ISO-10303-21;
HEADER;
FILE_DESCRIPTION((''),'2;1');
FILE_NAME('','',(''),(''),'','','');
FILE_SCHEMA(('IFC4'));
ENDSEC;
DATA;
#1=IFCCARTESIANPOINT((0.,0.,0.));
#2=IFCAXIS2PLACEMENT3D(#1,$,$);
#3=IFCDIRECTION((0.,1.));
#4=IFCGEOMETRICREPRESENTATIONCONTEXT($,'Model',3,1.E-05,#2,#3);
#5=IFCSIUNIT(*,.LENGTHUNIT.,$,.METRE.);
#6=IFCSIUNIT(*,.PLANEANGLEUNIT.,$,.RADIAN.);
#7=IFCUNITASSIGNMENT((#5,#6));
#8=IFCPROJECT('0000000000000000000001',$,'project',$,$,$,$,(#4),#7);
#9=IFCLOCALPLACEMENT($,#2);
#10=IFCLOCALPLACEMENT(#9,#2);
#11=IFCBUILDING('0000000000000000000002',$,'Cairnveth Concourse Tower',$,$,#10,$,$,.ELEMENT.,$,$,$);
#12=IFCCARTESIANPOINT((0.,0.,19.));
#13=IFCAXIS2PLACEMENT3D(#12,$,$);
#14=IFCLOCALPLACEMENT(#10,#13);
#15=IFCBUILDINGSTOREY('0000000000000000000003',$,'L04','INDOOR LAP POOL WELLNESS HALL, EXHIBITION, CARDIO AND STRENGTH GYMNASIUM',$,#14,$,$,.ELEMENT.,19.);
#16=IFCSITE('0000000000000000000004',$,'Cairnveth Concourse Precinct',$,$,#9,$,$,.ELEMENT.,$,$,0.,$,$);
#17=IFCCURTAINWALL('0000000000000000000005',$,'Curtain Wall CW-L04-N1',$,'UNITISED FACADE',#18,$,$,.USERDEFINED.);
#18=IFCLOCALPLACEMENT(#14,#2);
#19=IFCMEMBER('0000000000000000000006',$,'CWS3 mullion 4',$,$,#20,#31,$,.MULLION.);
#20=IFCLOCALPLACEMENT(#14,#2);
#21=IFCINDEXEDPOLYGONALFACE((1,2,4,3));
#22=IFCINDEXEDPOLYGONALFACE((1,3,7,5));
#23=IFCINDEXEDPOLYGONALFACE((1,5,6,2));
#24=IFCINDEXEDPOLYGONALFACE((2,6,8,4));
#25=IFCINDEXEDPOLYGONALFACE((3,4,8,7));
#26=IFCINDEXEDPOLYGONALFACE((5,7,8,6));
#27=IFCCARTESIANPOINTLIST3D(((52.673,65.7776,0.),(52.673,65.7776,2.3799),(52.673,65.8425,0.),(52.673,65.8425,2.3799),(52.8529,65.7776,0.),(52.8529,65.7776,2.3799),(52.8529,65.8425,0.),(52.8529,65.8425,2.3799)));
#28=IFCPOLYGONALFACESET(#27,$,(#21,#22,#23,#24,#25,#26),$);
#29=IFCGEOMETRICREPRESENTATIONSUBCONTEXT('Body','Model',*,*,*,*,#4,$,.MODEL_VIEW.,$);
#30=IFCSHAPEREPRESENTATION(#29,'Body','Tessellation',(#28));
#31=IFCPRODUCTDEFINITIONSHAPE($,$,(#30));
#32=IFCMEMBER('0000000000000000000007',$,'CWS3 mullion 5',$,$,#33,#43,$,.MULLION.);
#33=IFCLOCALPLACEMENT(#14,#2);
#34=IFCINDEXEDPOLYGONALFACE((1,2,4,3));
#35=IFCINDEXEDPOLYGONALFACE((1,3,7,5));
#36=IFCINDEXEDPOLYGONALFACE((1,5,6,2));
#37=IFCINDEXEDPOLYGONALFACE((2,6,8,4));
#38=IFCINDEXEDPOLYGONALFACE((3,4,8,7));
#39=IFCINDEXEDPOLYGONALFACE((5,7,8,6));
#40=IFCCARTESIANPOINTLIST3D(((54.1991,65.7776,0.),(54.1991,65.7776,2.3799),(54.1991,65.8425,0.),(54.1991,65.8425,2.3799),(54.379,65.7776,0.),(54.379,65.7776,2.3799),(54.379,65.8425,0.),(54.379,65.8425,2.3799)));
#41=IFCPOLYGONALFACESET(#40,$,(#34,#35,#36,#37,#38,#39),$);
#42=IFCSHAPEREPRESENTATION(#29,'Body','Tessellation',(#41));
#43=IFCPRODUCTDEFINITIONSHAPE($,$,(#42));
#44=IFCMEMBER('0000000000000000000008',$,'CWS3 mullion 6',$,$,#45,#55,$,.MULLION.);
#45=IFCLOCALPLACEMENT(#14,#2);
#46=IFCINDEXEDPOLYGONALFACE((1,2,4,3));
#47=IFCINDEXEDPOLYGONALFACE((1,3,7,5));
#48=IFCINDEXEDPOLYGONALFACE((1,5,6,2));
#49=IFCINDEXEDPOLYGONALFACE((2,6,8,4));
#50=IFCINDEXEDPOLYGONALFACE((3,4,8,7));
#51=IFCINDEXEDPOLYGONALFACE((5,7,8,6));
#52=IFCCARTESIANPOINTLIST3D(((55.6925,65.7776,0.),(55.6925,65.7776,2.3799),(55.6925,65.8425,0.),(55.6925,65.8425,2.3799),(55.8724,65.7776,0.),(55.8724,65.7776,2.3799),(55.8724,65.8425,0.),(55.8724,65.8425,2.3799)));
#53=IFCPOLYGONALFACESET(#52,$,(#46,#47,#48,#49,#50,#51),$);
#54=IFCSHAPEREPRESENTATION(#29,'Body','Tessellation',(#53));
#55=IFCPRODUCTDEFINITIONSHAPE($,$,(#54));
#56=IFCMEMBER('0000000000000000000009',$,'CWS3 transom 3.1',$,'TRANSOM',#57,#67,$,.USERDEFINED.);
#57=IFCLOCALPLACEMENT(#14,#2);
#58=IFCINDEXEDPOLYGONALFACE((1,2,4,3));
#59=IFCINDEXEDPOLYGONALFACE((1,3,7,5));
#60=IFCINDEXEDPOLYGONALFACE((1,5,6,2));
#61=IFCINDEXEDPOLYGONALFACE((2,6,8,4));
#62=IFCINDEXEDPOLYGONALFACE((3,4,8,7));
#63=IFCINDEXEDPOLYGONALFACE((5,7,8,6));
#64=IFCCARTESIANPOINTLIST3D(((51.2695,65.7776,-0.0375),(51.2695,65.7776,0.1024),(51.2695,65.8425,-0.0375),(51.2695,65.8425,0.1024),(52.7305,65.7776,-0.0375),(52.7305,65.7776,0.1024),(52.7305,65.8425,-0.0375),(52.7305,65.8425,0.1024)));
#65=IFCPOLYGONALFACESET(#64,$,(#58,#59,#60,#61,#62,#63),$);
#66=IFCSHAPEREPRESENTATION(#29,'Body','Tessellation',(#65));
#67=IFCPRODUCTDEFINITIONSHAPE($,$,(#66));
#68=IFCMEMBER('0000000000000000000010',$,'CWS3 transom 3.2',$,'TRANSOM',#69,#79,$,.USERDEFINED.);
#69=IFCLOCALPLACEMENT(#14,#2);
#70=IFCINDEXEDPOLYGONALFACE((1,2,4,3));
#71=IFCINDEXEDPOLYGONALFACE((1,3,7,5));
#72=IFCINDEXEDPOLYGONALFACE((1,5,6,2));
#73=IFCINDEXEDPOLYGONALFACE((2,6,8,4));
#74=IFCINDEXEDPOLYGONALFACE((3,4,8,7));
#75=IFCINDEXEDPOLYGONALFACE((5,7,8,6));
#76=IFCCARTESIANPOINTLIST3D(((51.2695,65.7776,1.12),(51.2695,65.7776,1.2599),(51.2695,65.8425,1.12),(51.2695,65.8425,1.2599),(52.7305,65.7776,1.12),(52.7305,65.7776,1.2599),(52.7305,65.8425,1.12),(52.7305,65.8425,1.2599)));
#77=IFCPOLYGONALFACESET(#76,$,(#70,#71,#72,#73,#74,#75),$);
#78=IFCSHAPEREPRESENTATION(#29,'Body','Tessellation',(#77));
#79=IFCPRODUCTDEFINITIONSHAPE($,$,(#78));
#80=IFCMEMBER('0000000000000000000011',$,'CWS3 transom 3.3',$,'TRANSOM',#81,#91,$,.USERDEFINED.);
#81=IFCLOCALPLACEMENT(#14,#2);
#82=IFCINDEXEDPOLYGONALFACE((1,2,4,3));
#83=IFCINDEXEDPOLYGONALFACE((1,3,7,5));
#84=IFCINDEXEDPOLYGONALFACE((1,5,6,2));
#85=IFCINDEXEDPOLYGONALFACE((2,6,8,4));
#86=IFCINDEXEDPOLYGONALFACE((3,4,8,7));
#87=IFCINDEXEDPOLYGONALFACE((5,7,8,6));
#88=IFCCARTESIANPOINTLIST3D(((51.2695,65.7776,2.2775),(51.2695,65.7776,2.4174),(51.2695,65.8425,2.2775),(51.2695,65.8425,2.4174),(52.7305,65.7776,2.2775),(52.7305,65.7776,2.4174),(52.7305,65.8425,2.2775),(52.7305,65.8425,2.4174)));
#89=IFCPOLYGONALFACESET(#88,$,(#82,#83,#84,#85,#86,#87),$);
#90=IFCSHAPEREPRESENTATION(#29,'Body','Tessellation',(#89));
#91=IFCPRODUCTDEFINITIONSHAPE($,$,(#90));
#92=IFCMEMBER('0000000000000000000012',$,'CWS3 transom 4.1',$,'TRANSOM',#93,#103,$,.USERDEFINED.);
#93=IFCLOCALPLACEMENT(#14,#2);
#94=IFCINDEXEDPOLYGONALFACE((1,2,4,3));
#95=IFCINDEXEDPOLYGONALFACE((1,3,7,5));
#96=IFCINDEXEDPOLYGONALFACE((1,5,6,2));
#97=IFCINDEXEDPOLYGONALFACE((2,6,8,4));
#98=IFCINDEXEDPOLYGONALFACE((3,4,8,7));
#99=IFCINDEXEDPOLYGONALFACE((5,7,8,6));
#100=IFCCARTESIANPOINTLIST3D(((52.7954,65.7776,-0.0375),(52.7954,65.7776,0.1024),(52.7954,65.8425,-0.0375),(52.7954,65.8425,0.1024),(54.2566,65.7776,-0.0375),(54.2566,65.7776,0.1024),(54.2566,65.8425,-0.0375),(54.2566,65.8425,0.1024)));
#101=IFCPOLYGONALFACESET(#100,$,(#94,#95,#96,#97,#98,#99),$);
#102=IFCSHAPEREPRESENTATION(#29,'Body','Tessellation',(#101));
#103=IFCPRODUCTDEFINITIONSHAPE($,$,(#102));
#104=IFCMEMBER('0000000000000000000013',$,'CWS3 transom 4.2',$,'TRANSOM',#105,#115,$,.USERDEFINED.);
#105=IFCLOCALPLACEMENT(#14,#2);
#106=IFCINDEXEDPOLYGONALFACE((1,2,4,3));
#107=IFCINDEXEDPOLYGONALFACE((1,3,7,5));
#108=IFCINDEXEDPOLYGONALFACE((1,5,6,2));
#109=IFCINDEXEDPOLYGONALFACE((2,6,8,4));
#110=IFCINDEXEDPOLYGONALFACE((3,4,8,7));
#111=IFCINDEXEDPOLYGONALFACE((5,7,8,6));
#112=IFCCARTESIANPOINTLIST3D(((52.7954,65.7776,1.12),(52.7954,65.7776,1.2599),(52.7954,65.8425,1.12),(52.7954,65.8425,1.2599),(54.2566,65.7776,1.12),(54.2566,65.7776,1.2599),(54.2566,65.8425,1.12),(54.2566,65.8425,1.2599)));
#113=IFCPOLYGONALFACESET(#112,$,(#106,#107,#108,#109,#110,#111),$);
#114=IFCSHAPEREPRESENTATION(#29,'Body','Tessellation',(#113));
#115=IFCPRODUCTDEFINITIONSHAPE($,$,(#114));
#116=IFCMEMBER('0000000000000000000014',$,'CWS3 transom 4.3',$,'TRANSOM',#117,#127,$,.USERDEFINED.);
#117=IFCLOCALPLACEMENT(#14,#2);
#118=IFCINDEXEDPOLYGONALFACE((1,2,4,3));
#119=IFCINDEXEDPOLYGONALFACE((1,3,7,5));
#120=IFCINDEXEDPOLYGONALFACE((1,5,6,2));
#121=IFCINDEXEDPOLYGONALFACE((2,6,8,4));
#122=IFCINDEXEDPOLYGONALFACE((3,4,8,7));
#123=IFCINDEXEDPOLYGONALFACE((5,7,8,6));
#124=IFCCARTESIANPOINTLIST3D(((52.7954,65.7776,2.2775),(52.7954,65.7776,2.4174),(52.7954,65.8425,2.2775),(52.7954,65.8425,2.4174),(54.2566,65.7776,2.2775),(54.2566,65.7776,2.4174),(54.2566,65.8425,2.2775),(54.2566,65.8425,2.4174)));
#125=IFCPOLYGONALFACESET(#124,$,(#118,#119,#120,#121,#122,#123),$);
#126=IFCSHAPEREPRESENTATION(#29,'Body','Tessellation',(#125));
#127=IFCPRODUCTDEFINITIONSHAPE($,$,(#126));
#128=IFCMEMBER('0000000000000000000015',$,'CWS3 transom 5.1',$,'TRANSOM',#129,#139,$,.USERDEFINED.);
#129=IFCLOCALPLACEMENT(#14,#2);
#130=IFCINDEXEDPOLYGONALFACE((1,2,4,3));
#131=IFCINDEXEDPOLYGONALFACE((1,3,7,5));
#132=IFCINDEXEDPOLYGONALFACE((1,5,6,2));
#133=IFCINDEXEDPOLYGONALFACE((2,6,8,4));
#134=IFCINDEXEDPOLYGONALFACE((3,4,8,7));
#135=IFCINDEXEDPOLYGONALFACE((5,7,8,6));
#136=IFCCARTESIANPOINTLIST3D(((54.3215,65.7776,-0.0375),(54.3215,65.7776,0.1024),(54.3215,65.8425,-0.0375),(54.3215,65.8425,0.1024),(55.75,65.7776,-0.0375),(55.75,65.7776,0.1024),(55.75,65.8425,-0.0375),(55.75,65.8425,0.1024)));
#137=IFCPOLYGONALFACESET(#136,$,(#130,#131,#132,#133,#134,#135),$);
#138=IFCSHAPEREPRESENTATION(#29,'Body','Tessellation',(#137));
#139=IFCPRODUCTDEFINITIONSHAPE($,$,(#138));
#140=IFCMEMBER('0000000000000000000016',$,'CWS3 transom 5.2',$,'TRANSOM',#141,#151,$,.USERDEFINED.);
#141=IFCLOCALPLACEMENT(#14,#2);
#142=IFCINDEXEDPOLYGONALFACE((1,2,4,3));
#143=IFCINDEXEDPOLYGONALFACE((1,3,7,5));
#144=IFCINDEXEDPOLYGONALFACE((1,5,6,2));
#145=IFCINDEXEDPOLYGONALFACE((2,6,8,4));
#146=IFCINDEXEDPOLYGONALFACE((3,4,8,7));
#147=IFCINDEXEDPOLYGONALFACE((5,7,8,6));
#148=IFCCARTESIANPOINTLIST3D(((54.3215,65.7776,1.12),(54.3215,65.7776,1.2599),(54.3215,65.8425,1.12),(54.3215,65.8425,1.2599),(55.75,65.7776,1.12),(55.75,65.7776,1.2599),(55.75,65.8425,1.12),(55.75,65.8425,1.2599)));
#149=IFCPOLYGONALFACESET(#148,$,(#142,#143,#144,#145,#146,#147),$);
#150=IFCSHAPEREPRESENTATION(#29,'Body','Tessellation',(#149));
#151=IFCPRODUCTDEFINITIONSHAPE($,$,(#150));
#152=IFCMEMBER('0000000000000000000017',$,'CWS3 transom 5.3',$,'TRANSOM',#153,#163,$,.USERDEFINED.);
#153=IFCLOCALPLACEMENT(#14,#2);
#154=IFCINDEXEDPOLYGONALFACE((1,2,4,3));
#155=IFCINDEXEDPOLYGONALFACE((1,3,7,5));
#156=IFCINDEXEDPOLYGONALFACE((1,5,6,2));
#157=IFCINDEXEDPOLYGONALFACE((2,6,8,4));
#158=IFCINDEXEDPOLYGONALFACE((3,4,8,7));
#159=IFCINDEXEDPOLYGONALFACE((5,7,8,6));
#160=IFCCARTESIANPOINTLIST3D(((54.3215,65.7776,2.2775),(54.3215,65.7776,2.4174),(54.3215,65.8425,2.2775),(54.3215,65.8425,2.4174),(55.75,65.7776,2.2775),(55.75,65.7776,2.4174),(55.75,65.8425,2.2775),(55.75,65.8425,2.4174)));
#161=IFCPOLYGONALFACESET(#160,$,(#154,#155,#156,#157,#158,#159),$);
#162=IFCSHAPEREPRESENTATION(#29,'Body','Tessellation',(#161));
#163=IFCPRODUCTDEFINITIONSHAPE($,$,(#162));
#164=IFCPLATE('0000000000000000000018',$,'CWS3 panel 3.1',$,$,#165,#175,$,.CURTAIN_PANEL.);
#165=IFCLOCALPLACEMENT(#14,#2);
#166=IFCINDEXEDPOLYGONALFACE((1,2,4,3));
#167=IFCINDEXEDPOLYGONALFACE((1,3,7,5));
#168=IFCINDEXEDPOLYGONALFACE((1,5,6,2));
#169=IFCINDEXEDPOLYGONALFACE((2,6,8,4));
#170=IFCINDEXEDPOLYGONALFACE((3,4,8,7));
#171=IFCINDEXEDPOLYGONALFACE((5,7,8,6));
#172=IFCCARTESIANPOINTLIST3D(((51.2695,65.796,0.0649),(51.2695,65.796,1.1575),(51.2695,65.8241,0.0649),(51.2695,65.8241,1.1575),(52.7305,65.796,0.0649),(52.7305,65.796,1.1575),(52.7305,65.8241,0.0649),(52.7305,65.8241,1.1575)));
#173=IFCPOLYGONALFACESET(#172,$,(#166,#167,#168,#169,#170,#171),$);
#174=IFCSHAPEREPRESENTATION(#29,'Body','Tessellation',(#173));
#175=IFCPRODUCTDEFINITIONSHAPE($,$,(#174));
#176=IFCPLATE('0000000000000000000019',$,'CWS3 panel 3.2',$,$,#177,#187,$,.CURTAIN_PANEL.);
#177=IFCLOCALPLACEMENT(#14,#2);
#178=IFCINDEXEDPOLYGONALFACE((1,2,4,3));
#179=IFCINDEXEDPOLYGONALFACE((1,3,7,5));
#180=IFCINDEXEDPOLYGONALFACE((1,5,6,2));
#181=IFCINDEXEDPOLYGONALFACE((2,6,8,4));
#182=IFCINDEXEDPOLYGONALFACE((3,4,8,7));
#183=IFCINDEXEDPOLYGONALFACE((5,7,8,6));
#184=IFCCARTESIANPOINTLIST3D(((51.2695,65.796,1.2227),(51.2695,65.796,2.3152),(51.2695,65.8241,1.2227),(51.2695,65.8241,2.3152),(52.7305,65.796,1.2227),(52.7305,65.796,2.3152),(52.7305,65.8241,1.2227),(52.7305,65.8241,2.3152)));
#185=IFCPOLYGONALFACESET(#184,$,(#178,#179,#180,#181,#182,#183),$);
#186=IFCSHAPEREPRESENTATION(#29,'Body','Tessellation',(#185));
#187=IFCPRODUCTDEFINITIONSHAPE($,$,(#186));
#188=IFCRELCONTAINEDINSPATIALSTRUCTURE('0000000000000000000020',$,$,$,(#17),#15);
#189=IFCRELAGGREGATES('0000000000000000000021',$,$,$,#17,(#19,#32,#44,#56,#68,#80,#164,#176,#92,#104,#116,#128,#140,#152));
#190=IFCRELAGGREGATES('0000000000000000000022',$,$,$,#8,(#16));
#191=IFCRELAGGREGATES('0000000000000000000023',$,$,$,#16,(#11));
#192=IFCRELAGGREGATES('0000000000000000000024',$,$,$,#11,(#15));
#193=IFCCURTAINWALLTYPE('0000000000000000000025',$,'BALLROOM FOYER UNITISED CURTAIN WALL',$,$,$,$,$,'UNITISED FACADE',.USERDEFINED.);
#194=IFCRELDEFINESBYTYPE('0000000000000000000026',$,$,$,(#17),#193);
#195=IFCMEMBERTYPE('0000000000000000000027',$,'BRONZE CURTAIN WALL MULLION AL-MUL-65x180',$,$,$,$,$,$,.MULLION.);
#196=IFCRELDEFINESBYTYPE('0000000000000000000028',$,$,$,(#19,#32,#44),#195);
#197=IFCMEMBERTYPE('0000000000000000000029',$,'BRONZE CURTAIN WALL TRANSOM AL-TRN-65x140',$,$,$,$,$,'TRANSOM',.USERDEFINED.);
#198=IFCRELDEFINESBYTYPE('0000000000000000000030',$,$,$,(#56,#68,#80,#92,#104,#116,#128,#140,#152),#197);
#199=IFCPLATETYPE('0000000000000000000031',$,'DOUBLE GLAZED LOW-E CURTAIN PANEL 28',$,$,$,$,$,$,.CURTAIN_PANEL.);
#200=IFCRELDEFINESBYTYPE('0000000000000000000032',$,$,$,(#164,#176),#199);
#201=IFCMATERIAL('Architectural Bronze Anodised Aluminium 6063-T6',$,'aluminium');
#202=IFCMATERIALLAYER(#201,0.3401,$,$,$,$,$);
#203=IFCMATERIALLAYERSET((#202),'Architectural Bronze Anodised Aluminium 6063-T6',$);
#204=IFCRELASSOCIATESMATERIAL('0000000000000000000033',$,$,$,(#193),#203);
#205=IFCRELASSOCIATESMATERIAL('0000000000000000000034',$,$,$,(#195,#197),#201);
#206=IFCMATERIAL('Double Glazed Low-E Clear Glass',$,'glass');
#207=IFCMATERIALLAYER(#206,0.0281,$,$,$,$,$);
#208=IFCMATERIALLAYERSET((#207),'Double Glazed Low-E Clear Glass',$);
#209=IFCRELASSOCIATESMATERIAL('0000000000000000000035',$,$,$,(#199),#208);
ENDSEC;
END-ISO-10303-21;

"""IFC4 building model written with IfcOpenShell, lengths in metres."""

from ifc_helpers import new_model, si_unit, direction, frame, origin, origin_2d, place, context, subcontext, project, spatial, rectangle, extrude, material, layer, layer_set, material_profile, profile_set, type_object, element, aggregate, save


model = new_model("IFC4")

# Units and contexts
model_context = context("Model", 3, precision=1e-05, world=origin(), true_north=direction((0.0, 1.0)))
body_context = subcontext(model_context, "Body", "Model", "MODEL_VIEW")
ifc_project = project(units=[si_unit("LENGTHUNIT", "METRE"), si_unit("PLANEANGLEUNIT", "RADIAN")], contexts=[model_context])

# Site, building, storey
site_placement = place(None, origin())
site = spatial("IfcSite", under=ifc_project, at=site_placement, Name="Cairnveth Concourse Precinct", CompositionType="ELEMENT", RefElevation=0.0)
building_placement = place(site_placement, origin())
building = spatial("IfcBuilding", under=site, at=building_placement, Name="Cairnveth Concourse Tower", CompositionType="ELEMENT")
storey_placement = place(building_placement, frame((0.0, 0.0, 19.0)))
storey = spatial("IfcBuildingStorey", under=building, at=storey_placement, Name="L04", Description="INDOOR LAP POOL WELLNESS HALL, EXHIBITION, CARDIO AND STRENGTH GYMNASIUM", CompositionType="ELEMENT", Elevation=19.0)

# Curtain wall, members, plates
ifc_material_1 = material(Name="Architectural Bronze Anodised Aluminium 6063-T6", Category="aluminium")
ifc_layer_1 = layer(ifc_material_1, 0.3401)
ifc_layer_set_1 = layer_set([ifc_layer_1], Name="Architectural Bronze Anodised Aluminium 6063-T6")
curtain_wall_type = type_object("IfcCurtainWallType", Name="BALLROOM FOYER UNITISED CURTAIN WALL", ElementType="UNITISED FACADE", PredefinedType="USERDEFINED", material=ifc_layer_set_1)
curtain_wall_placement = place(storey_placement, origin())
curtain_wall = element("IfcCurtainWall", 1, at=curtain_wall_placement, inside=storey, type_object=curtain_wall_type, Name="Curtain Wall CW-L04-N1", ObjectType="UNITISED FACADE", PredefinedType="USERDEFINED")
ifc_material_profile_1 = material_profile(ifc_material_1, rectangle(XDim=0.0649, YDim=0.1799, at=origin_2d()), Name="AL-MUL-65x180")
ifc_profile_set_1 = profile_set([ifc_material_profile_1], Name="Architectural Bronze Anodised Aluminium 6063-T6")
member_type_1 = type_object("IfcMemberType", Name="BRONZE CURTAIN WALL MULLION AL-MUL-65x180", PredefinedType="MULLION", material=ifc_profile_set_1)
member_1_placement = place(storey_placement, frame((52.7629, 65.8101, 0.0), z_axis=(0.0, 0.0, 1.0), x_axis=(0.0, 1.0, 0.0)))
member_1 = element("IfcMember", 2, at=member_1_placement, type_object=member_type_1, Name="CWS3 mullion 4", PredefinedType="MULLION", context=body_context, shape_type="SweptSolid", body=[
    extrude(rectangle(XDim=0.0649, YDim=0.1799, at=origin_2d()), origin(), (0.0, 0.0, 1.0), 2.3799),
])
member_2_placement = place(storey_placement, frame((54.2891, 65.8101, 0.0), z_axis=(0.0, 0.0, 1.0), x_axis=(0.0, 1.0, 0.0)))
member_2 = element("IfcMember", 3, at=member_2_placement, type_object=member_type_1, Name="CWS3 mullion 5", PredefinedType="MULLION", context=body_context, shape_type="SweptSolid", body=[
    extrude(rectangle(XDim=0.0649, YDim=0.1799, at=origin_2d()), origin(), (0.0, 0.0, 1.0), 2.3799),
])
member_3_placement = place(storey_placement, frame((55.7825, 65.8101, 0.0), z_axis=(0.0, 0.0, 1.0), x_axis=(0.0, 1.0, 0.0)))
member_3 = element("IfcMember", 4, at=member_3_placement, type_object=member_type_1, Name="CWS3 mullion 6", PredefinedType="MULLION", context=body_context, shape_type="SweptSolid", body=[
    extrude(rectangle(XDim=0.0649, YDim=0.1799, at=origin_2d()), origin(), (0.0, 0.0, 1.0), 2.3799),
])
ifc_material_profile_2 = material_profile(ifc_material_1, rectangle(XDim=0.0649, YDim=0.1399, at=origin_2d()), Name="AL-TRN-65x140")
ifc_profile_set_2 = profile_set([ifc_material_profile_2], Name="Architectural Bronze Anodised Aluminium 6063-T6")
member_type_2 = type_object("IfcMemberType", Name="BRONZE CURTAIN WALL TRANSOM AL-TRN-65x140", ElementType="TRANSOM", PredefinedType="USERDEFINED", material=ifc_profile_set_2)
member_4_placement = place(storey_placement, frame((51.2695, 65.8101, 0.0325), z_axis=(1.0, 0.0, 0.0), x_axis=(0.0, 1.0, 0.0)))
member_4 = element("IfcMember", 5, at=member_4_placement, type_object=member_type_2, Name="CWS3 transom 3.1", ObjectType="TRANSOM", PredefinedType="USERDEFINED", context=body_context, shape_type="SweptSolid", body=[
    extrude(rectangle(XDim=0.0649, YDim=0.1399, at=origin_2d()), origin(), (0.0, 0.0, 1.0), 1.4609),
])
member_5_placement = place(storey_placement, frame((51.2695, 65.8101, 1.1899), z_axis=(1.0, 0.0, 0.0), x_axis=(0.0, 1.0, 0.0)))
member_5 = element("IfcMember", 6, at=member_5_placement, type_object=member_type_2, Name="CWS3 transom 3.2", ObjectType="TRANSOM", PredefinedType="USERDEFINED", context=body_context, shape_type="SweptSolid", body=[
    extrude(rectangle(XDim=0.0649, YDim=0.1399, at=origin_2d()), origin(), (0.0, 0.0, 1.0), 1.4609),
])
member_6_placement = place(storey_placement, frame((51.2695, 65.8101, 2.3474), z_axis=(1.0, 0.0, 0.0), x_axis=(0.0, 1.0, 0.0)))
member_6 = element("IfcMember", 7, at=member_6_placement, type_object=member_type_2, Name="CWS3 transom 3.3", ObjectType="TRANSOM", PredefinedType="USERDEFINED", context=body_context, shape_type="SweptSolid", body=[
    extrude(rectangle(XDim=0.0649, YDim=0.1399, at=origin_2d()), origin(), (0.0, 0.0, 1.0), 1.4609),
])
member_7_placement = place(storey_placement, frame((52.7954, 65.8101, 0.0325), z_axis=(1.0, 0.0, 0.0), x_axis=(0.0, 1.0, 0.0)))
member_7 = element("IfcMember", 8, at=member_7_placement, type_object=member_type_2, Name="CWS3 transom 4.1", ObjectType="TRANSOM", PredefinedType="USERDEFINED", context=body_context, shape_type="SweptSolid", body=[
    extrude(rectangle(XDim=0.0649, YDim=0.1399, at=origin_2d()), origin(), (0.0, 0.0, 1.0), 1.4612),
])
member_8_placement = place(storey_placement, frame((52.7954, 65.8101, 1.1899), z_axis=(1.0, 0.0, 0.0), x_axis=(0.0, 1.0, 0.0)))
member_8 = element("IfcMember", 9, at=member_8_placement, type_object=member_type_2, Name="CWS3 transom 4.2", ObjectType="TRANSOM", PredefinedType="USERDEFINED", context=body_context, shape_type="SweptSolid", body=[
    extrude(rectangle(XDim=0.0649, YDim=0.1399, at=origin_2d()), origin(), (0.0, 0.0, 1.0), 1.4612),
])
member_9_placement = place(storey_placement, frame((52.7954, 65.8101, 2.3474), z_axis=(1.0, 0.0, 0.0), x_axis=(0.0, 1.0, 0.0)))
member_9 = element("IfcMember", 10, at=member_9_placement, type_object=member_type_2, Name="CWS3 transom 4.3", ObjectType="TRANSOM", PredefinedType="USERDEFINED", context=body_context, shape_type="SweptSolid", body=[
    extrude(rectangle(XDim=0.0649, YDim=0.1399, at=origin_2d()), origin(), (0.0, 0.0, 1.0), 1.4612),
])
member_10_placement = place(storey_placement, frame((54.3215, 65.8101, 0.0325), z_axis=(1.0, 0.0, 0.0), x_axis=(0.0, 1.0, 0.0)))
member_10 = element("IfcMember", 11, at=member_10_placement, type_object=member_type_2, Name="CWS3 transom 5.1", ObjectType="TRANSOM", PredefinedType="USERDEFINED", context=body_context, shape_type="SweptSolid", body=[
    extrude(rectangle(XDim=0.0649, YDim=0.1399, at=origin_2d()), origin(), (0.0, 0.0, 1.0), 1.4285),
])
member_11_placement = place(storey_placement, frame((54.3215, 65.8101, 1.1899), z_axis=(1.0, 0.0, 0.0), x_axis=(0.0, 1.0, 0.0)))
member_11 = element("IfcMember", 12, at=member_11_placement, type_object=member_type_2, Name="CWS3 transom 5.2", ObjectType="TRANSOM", PredefinedType="USERDEFINED", context=body_context, shape_type="SweptSolid", body=[
    extrude(rectangle(XDim=0.0649, YDim=0.1399, at=origin_2d()), origin(), (0.0, 0.0, 1.0), 1.4285),
])
member_12_placement = place(storey_placement, frame((54.3215, 65.8101, 2.3474), z_axis=(1.0, 0.0, 0.0), x_axis=(0.0, 1.0, 0.0)))
member_12 = element("IfcMember", 13, at=member_12_placement, type_object=member_type_2, Name="CWS3 transom 5.3", ObjectType="TRANSOM", PredefinedType="USERDEFINED", context=body_context, shape_type="SweptSolid", body=[
    extrude(rectangle(XDim=0.0649, YDim=0.1399, at=origin_2d()), origin(), (0.0, 0.0, 1.0), 1.4285),
])
ifc_material_2 = material(Name="Double Glazed Low-E Clear Glass", Category="glass")
ifc_layer_2 = layer(ifc_material_2, 0.0281)
ifc_layer_set_2 = layer_set([ifc_layer_2], Name="Double Glazed Low-E Clear Glass")
plate_type_1 = type_object("IfcPlateType", Name="DOUBLE GLAZED LOW-E CURTAIN PANEL 28", PredefinedType="CURTAIN_PANEL", material=ifc_layer_set_2)
plate_1_placement = place(storey_placement, frame((52.0, 65.8101, 0.0649), z_axis=(0.0, 0.0, 1.0), x_axis=(1.0, 0.0, 0.0)))
plate_1 = element("IfcPlate", 14, at=plate_1_placement, type_object=plate_type_1, Name="CWS3 panel 3.1", PredefinedType="CURTAIN_PANEL", context=body_context, shape_type="SweptSolid", body=[
    extrude(rectangle(XDim=1.4609, YDim=0.0281, at=origin_2d()), origin(), (0.0, 0.0, 1.0), 1.0925),
])
plate_2_placement = place(storey_placement, frame((52.0, 65.8101, 1.2227), z_axis=(0.0, 0.0, 1.0), x_axis=(1.0, 0.0, 0.0)))
plate_2 = element("IfcPlate", 15, at=plate_2_placement, type_object=plate_type_1, Name="CWS3 panel 3.2", PredefinedType="CURTAIN_PANEL", context=body_context, shape_type="SweptSolid", body=[
    extrude(rectangle(XDim=1.4609, YDim=0.0281, at=origin_2d()), origin(), (0.0, 0.0, 1.0), 1.0925),
])
aggregate(curtain_wall, [member_1, member_2, member_3, member_4, member_5, member_6, plate_1, plate_2, member_7, member_8, member_9, member_10, member_11, member_12])

save(model, "model.ifc")
